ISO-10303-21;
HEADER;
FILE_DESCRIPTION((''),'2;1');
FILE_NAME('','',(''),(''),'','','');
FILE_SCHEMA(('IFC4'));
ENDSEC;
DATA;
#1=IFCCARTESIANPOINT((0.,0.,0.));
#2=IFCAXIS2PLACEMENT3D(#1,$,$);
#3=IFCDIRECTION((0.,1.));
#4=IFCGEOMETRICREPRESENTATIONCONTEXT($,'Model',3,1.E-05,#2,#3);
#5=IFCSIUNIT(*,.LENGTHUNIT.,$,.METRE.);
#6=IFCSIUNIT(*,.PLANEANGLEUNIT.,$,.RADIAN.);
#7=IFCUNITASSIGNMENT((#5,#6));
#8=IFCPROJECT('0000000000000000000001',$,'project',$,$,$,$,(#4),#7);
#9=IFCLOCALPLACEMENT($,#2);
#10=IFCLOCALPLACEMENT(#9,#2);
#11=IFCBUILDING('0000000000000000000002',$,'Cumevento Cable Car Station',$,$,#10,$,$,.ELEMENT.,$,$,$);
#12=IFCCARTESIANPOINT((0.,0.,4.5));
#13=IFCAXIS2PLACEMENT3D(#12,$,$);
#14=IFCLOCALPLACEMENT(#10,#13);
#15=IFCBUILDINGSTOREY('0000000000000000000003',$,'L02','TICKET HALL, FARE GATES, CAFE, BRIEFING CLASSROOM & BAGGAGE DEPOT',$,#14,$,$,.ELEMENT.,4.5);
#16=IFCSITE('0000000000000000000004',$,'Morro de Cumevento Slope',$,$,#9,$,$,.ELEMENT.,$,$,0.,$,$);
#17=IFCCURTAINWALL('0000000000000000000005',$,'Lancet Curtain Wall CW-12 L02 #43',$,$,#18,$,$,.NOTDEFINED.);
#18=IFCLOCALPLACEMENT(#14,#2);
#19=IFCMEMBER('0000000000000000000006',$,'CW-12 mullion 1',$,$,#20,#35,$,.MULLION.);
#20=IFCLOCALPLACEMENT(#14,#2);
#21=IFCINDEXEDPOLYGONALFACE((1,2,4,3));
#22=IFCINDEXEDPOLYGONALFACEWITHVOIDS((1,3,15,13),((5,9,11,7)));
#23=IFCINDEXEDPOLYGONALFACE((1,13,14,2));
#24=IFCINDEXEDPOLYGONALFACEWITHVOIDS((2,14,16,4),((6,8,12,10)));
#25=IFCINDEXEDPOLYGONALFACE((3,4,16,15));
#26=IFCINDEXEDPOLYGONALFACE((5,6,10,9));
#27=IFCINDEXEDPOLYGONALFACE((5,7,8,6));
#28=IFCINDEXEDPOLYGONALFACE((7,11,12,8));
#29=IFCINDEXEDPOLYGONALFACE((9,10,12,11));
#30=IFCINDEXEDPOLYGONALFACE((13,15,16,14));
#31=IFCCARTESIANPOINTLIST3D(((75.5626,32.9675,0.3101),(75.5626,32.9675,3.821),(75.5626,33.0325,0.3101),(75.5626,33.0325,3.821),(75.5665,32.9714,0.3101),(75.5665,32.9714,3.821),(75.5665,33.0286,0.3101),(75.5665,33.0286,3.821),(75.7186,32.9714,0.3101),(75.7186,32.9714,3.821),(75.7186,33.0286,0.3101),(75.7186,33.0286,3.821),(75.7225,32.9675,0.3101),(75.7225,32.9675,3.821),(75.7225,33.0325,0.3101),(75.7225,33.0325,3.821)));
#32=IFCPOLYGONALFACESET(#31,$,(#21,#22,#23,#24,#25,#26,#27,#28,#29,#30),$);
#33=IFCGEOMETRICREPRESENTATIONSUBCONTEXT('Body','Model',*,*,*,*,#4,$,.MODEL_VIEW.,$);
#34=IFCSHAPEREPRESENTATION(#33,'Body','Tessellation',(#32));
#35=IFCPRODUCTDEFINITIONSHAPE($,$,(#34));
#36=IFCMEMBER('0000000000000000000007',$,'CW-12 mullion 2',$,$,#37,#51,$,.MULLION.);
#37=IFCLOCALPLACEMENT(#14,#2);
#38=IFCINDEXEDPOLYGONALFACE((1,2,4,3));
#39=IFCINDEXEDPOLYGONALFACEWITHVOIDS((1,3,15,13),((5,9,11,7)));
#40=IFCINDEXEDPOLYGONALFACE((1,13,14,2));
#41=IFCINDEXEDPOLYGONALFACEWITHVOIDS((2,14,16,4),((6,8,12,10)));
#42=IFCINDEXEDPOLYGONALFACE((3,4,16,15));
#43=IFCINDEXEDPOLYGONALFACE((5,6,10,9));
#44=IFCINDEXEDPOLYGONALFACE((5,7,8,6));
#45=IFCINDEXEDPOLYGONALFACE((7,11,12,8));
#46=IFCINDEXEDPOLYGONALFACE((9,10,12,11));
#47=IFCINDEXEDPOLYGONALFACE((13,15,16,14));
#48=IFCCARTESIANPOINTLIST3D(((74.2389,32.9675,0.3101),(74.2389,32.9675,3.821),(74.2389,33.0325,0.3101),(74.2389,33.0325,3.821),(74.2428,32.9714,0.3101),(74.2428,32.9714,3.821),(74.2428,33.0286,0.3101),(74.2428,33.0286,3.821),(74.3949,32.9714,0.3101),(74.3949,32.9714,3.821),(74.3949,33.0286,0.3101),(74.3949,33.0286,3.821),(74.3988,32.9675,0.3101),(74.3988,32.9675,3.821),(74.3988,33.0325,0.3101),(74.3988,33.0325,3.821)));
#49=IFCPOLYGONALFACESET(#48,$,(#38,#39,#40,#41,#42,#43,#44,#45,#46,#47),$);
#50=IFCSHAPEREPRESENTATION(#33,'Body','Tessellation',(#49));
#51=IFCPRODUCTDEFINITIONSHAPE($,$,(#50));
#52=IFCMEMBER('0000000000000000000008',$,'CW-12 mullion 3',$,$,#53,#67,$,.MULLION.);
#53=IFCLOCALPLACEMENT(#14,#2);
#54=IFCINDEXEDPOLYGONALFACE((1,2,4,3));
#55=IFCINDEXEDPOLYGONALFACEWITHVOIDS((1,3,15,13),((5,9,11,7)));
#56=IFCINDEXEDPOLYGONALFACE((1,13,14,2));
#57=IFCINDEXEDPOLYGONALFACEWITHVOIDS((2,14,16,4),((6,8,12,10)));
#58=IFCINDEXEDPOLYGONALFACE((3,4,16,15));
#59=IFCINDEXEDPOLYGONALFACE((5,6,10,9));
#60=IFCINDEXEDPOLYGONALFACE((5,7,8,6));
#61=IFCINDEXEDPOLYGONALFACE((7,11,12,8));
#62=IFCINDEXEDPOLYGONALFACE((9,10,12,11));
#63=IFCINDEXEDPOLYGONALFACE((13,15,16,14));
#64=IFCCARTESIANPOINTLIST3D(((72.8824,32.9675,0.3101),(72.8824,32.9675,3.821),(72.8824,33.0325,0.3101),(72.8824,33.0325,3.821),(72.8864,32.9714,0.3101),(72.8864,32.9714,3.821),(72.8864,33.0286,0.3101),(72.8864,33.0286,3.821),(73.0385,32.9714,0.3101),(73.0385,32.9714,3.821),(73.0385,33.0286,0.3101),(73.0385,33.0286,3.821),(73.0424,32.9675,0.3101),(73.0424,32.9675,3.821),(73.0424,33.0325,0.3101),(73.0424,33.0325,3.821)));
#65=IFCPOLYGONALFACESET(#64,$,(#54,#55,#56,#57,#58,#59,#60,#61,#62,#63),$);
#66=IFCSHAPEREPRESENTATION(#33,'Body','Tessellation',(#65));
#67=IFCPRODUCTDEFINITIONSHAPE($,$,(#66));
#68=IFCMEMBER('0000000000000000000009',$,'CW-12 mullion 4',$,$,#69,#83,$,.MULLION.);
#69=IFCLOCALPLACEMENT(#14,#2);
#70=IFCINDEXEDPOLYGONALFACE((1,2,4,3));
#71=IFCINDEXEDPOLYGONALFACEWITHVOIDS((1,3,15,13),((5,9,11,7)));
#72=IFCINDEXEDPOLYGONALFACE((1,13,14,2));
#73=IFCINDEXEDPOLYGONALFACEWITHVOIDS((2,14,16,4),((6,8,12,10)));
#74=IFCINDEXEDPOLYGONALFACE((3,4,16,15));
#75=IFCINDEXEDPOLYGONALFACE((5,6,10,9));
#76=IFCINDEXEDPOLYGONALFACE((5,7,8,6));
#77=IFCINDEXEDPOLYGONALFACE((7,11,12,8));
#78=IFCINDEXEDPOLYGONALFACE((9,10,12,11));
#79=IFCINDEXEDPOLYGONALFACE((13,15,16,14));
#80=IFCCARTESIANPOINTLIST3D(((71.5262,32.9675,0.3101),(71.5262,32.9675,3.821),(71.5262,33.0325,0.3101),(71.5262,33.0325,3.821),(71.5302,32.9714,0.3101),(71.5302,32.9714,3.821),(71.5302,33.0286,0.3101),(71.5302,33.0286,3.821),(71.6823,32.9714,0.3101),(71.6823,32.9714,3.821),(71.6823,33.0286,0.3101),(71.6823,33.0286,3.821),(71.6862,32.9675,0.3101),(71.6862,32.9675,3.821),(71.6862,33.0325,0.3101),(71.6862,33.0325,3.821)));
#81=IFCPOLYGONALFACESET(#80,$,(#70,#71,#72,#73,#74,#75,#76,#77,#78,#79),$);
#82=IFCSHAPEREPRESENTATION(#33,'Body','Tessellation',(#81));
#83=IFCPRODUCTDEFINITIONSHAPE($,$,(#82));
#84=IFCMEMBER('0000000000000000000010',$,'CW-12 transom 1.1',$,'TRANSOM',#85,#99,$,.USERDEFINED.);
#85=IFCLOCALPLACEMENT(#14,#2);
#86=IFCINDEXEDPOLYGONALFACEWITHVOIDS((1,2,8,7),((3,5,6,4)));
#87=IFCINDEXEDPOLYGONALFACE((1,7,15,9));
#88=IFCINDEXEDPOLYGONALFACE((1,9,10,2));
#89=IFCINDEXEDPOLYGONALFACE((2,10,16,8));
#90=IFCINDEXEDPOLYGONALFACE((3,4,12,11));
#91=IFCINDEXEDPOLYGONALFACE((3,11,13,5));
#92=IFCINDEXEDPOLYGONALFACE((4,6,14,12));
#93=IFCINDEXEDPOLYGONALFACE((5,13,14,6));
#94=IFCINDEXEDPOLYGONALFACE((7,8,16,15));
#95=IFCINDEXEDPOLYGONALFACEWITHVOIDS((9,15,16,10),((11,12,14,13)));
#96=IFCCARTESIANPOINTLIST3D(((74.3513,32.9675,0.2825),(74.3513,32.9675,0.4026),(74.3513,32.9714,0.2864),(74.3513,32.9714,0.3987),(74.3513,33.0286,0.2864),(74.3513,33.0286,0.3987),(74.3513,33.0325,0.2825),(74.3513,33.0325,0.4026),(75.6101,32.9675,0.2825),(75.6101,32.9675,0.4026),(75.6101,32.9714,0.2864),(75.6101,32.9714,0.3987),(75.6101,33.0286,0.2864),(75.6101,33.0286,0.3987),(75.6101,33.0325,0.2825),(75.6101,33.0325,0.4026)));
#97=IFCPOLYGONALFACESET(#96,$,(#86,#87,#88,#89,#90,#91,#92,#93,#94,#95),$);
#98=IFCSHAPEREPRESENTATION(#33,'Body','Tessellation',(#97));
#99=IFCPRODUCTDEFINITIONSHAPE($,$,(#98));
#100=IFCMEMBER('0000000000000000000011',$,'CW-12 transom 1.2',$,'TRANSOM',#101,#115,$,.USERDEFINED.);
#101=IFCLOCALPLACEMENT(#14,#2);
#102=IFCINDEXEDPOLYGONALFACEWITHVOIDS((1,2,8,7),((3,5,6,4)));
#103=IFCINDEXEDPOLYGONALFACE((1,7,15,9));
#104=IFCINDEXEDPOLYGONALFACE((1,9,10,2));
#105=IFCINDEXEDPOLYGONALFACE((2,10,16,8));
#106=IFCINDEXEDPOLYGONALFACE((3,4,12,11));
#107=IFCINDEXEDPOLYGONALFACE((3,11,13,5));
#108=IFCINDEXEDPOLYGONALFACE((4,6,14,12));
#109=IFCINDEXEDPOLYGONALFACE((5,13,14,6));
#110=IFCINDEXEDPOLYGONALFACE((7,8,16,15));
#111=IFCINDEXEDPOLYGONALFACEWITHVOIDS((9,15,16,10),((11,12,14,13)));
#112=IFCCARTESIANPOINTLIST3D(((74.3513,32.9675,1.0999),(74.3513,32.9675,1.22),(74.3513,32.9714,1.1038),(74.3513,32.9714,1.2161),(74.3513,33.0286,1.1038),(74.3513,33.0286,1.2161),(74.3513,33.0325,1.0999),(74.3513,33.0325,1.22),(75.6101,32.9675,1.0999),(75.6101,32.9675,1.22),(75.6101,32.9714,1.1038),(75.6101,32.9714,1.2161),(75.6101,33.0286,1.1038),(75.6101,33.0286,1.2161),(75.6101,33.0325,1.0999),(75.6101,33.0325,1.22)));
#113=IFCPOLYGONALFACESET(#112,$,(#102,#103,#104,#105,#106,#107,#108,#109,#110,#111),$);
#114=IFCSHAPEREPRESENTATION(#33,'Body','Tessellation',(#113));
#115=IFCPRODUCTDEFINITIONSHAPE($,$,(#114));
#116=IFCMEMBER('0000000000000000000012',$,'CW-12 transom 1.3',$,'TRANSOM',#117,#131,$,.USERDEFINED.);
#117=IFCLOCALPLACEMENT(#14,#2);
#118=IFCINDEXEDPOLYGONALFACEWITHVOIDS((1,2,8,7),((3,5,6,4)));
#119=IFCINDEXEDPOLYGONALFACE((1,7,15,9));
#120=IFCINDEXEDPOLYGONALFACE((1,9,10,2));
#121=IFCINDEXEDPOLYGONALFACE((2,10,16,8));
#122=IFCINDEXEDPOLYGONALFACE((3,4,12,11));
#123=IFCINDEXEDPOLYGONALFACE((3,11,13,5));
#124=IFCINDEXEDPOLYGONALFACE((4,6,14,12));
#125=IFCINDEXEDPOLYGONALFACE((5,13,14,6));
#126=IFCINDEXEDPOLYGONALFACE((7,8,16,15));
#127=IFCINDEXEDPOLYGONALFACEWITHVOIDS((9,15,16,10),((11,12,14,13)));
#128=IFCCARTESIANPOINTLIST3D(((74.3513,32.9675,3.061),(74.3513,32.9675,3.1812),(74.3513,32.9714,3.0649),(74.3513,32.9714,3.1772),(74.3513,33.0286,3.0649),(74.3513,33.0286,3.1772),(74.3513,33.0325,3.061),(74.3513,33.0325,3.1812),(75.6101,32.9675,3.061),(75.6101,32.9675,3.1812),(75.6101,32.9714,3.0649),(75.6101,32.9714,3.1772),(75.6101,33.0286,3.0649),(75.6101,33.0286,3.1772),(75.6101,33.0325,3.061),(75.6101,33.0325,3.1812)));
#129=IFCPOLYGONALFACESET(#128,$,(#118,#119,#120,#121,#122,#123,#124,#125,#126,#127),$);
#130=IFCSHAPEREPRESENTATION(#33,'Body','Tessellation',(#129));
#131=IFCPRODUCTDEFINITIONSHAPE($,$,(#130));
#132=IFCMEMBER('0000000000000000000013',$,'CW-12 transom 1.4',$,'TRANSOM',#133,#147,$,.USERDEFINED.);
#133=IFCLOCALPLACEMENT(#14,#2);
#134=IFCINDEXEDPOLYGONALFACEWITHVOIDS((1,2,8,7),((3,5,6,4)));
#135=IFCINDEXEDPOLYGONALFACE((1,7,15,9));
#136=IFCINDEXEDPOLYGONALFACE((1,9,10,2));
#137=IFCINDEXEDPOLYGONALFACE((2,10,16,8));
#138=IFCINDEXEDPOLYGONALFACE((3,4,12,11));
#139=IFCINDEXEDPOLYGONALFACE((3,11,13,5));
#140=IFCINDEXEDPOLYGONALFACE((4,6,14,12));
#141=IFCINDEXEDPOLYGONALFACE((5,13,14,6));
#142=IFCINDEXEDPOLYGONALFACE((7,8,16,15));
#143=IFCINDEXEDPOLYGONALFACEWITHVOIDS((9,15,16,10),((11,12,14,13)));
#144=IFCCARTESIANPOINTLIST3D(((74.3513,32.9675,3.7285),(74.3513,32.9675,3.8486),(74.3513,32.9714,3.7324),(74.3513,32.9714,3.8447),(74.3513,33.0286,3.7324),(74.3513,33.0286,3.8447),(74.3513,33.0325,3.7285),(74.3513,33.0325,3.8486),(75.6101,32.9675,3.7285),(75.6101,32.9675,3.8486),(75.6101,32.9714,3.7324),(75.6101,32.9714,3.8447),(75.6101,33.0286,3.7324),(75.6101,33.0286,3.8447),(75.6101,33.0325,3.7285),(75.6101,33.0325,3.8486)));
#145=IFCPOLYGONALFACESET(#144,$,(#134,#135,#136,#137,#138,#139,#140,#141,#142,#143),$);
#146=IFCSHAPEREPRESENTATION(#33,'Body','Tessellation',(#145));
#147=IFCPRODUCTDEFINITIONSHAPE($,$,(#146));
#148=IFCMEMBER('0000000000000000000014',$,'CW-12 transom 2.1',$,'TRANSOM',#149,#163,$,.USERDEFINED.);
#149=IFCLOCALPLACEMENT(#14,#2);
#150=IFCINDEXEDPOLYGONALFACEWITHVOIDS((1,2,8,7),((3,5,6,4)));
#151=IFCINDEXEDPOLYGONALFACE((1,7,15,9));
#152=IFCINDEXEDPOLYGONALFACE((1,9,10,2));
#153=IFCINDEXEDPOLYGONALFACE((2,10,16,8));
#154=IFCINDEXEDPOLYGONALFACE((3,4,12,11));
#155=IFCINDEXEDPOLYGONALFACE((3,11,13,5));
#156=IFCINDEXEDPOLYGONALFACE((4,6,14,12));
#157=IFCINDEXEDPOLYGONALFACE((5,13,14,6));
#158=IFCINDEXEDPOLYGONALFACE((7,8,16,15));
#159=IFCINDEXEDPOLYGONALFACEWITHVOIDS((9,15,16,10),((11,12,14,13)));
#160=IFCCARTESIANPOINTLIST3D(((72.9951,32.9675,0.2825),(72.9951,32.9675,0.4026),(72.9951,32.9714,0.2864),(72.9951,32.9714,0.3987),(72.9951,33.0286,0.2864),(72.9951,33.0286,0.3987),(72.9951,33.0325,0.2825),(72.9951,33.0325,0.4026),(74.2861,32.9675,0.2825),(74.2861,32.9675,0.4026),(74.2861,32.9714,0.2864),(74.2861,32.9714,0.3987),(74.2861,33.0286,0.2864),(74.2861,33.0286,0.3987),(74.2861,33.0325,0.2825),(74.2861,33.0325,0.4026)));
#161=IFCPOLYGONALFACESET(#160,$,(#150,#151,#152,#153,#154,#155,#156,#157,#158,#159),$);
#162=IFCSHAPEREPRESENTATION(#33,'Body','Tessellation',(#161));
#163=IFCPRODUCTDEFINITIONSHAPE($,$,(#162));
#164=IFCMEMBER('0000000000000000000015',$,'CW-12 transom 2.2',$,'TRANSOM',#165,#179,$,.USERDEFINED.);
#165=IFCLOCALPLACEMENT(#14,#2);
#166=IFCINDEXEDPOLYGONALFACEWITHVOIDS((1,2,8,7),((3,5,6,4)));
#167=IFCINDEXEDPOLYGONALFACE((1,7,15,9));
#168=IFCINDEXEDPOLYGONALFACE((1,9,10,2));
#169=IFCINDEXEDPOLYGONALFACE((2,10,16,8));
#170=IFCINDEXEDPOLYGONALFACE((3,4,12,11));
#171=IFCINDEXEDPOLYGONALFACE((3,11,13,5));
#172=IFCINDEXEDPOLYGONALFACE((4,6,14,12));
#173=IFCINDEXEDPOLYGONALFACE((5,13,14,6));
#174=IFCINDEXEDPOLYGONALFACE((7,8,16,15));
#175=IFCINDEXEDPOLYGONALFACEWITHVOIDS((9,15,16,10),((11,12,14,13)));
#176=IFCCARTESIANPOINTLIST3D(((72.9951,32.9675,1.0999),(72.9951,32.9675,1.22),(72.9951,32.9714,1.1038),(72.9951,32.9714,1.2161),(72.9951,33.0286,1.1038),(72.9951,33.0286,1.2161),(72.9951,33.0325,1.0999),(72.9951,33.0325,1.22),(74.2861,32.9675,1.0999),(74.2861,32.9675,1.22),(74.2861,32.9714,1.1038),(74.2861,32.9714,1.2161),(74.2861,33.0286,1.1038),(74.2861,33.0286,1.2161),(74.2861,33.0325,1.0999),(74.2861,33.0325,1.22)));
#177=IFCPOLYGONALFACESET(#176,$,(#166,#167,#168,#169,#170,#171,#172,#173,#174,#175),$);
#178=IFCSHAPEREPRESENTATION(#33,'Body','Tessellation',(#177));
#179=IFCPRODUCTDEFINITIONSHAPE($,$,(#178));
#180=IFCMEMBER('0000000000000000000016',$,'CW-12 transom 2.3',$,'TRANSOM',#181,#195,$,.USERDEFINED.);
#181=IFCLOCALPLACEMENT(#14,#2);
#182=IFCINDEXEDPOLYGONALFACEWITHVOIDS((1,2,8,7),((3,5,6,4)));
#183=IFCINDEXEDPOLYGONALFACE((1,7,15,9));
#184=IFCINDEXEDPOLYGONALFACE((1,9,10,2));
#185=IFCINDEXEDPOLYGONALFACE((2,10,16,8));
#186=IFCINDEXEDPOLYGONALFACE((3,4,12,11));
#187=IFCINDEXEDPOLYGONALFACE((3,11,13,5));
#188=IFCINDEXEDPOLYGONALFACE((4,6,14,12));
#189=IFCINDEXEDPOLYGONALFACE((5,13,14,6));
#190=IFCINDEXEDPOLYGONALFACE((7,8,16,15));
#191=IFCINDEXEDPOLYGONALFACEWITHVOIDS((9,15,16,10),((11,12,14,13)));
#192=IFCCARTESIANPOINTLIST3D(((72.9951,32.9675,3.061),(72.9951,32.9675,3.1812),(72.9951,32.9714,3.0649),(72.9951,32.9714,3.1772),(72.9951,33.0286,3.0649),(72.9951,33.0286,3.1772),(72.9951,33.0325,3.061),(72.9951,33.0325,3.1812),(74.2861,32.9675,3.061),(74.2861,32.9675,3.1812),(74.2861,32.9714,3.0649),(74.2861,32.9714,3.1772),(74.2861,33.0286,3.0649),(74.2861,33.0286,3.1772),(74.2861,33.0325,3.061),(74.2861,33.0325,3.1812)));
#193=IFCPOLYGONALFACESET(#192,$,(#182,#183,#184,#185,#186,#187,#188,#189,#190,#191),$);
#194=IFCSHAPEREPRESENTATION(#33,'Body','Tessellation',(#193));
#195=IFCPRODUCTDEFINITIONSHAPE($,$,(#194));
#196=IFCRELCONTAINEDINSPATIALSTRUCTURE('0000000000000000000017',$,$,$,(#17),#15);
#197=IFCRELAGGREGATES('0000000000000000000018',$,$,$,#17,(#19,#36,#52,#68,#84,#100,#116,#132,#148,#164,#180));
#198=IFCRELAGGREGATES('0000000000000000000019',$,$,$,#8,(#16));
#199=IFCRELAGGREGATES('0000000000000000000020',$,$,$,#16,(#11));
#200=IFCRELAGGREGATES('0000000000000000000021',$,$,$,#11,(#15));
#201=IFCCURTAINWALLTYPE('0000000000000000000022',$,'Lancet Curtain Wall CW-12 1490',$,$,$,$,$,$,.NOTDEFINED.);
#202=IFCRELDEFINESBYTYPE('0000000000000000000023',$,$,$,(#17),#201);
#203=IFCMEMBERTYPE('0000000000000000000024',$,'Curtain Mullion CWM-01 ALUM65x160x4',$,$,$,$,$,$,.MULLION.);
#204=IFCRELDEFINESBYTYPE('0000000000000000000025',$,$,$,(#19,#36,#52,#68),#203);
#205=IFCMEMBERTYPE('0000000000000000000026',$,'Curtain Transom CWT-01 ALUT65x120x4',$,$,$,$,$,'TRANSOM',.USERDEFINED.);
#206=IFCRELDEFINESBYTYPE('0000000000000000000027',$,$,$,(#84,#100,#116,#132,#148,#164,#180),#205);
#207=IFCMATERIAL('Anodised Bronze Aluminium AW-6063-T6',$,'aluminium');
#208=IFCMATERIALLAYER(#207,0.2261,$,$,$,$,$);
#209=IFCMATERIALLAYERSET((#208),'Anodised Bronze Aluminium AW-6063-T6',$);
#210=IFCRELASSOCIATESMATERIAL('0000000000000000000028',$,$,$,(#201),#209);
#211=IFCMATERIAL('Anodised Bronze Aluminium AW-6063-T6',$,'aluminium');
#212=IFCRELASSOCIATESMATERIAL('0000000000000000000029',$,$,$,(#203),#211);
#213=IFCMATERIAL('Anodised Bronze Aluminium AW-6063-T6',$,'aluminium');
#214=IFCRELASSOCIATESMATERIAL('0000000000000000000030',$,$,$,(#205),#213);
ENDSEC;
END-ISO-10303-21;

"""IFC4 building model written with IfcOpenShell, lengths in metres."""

from ifc_helpers import new_model, si_unit, direction, frame, origin, origin_2d, place, context, subcontext, project, spatial, hollow_rectangle, extrude, material, layer, layer_set, material_profile, profile_set, type_object, element, aggregate, save


model = new_model("IFC4")

# Units and contexts
model_context = context("Model", 3, precision=1e-05, world=origin(), true_north=direction((0.0, 1.0)))
body_context = subcontext(model_context, "Body", "Model", "MODEL_VIEW")
ifc_project = project(units=[si_unit("LENGTHUNIT", "METRE"), si_unit("PLANEANGLEUNIT", "RADIAN")], contexts=[model_context])

# Site, building, storey
site_placement = place(None, origin())
site = spatial("IfcSite", under=ifc_project, at=site_placement, Name="Morro de Cumevento Slope", CompositionType="ELEMENT", RefElevation=0.0)
building_placement = place(site_placement, origin())
building = spatial("IfcBuilding", under=site, at=building_placement, Name="Cumevento Cable Car Station", CompositionType="ELEMENT")
storey_placement = place(building_placement, frame((0.0, 0.0, 4.5)))
storey = spatial("IfcBuildingStorey", under=building, at=storey_placement, Name="L02", Description="TICKET HALL, FARE GATES, CAFE, BRIEFING CLASSROOM & BAGGAGE DEPOT", CompositionType="ELEMENT", Elevation=4.5)

# Curtain wall, members
ifc_material_1 = material(Name="Anodised Bronze Aluminium AW-6063-T6", Category="aluminium")
ifc_layer_1 = layer(ifc_material_1, 0.2261)
ifc_layer_set_1 = layer_set([ifc_layer_1], Name="Anodised Bronze Aluminium AW-6063-T6")
curtain_wall_type = type_object("IfcCurtainWallType", Name="Lancet Curtain Wall CW-12 1490", PredefinedType="NOTDEFINED", material=ifc_layer_set_1)
curtain_wall_placement = place(storey_placement, origin())
curtain_wall = element("IfcCurtainWall", 1, at=curtain_wall_placement, inside=storey, type_object=curtain_wall_type, Name="Lancet Curtain Wall CW-12 L02 #43", PredefinedType="NOTDEFINED")
ifc_material_2 = material(Name="Anodised Bronze Aluminium AW-6063-T6", Category="aluminium")
ifc_material_profile_1 = material_profile(ifc_material_2, hollow_rectangle(XDim=0.0649, YDim=0.1599, WallThickness=0.0039, at=origin_2d()), Name="ALUM65x160x4")
ifc_profile_set_1 = profile_set([ifc_material_profile_1], Name="Anodised Bronze Aluminium AW-6063-T6")
member_type_1 = type_object("IfcMemberType", Name="Curtain Mullion CWM-01 ALUM65x160x4", PredefinedType="MULLION", material=ifc_profile_set_1)
member_1_placement = place(storey_placement, frame((75.6426, 33.0, 0.3101), z_axis=(0.0, 0.0, 1.0), x_axis=(0.0, -1.0, 0.0)))
member_1 = element("IfcMember", 2, at=member_1_placement, type_object=member_type_1, Name="CW-12 mullion 1", PredefinedType="MULLION", context=body_context, shape_type="SweptSolid", body=[
    extrude(hollow_rectangle(XDim=0.0649, YDim=0.1599, WallThickness=0.0039, at=origin_2d()), origin(), (0.0, 0.0, 1.0), 3.511),
])
member_2_placement = place(storey_placement, frame((74.3188, 33.0, 0.3101), z_axis=(0.0, 0.0, 1.0), x_axis=(0.0, -1.0, 0.0)))
member_2 = element("IfcMember", 3, at=member_2_placement, type_object=member_type_1, Name="CW-12 mullion 2", PredefinedType="MULLION", context=body_context, shape_type="SweptSolid", body=[
    extrude(hollow_rectangle(XDim=0.0649, YDim=0.1599, WallThickness=0.0039, at=origin_2d()), origin(), (0.0, 0.0, 1.0), 3.511),
])
member_3_placement = place(storey_placement, frame((72.9624, 33.0, 0.3101), z_axis=(0.0, 0.0, 1.0), x_axis=(0.0, -1.0, 0.0)))
member_3 = element("IfcMember", 4, at=member_3_placement, type_object=member_type_1, Name="CW-12 mullion 3", PredefinedType="MULLION", context=body_context, shape_type="SweptSolid", body=[
    extrude(hollow_rectangle(XDim=0.0649, YDim=0.1599, WallThickness=0.0039, at=origin_2d()), origin(), (0.0, 0.0, 1.0), 3.511),
])
member_4_placement = place(storey_placement, frame((71.6062, 33.0, 0.3101), z_axis=(0.0, 0.0, 1.0), x_axis=(0.0, -1.0, 0.0)))
member_4 = element("IfcMember", 5, at=member_4_placement, type_object=member_type_1, Name="CW-12 mullion 4", PredefinedType="MULLION", context=body_context, shape_type="SweptSolid", body=[
    extrude(hollow_rectangle(XDim=0.0649, YDim=0.1599, WallThickness=0.0039, at=origin_2d()), origin(), (0.0, 0.0, 1.0), 3.511),
])
ifc_material_3 = material(Name="Anodised Bronze Aluminium AW-6063-T6", Category="aluminium")
ifc_material_profile_2 = material_profile(ifc_material_3, hollow_rectangle(XDim=0.0649, YDim=0.1201, WallThickness=0.0039, at=origin_2d()), Name="ALUT65x120x4")
ifc_profile_set_2 = profile_set([ifc_material_profile_2], Name="Anodised Bronze Aluminium AW-6063-T6")
member_type_2 = type_object("IfcMemberType", Name="Curtain Transom CWT-01 ALUT65x120x4", ElementType="TRANSOM", PredefinedType="USERDEFINED", material=ifc_profile_set_2)
member_5_placement = place(storey_placement, frame((75.6101, 33.0, 0.3425), z_axis=(-1.0, 0.0, 0.0), x_axis=(0.0, -1.0, 0.0)))
member_5 = element("IfcMember", 6, at=member_5_placement, type_object=member_type_2, Name="CW-12 transom 1.1", ObjectType="TRANSOM", PredefinedType="USERDEFINED", context=body_context, shape_type="SweptSolid", body=[
    extrude(hollow_rectangle(XDim=0.0649, YDim=0.1201, WallThickness=0.0039, at=origin_2d()), origin(), (0.0, 0.0, 1.0), 1.2588),
])
member_6_placement = place(storey_placement, frame((75.6101, 33.0, 1.1599), z_axis=(-1.0, 0.0, 0.0), x_axis=(0.0, -1.0, 0.0)))
member_6 = element("IfcMember", 7, at=member_6_placement, type_object=member_type_2, Name="CW-12 transom 1.2", ObjectType="TRANSOM", PredefinedType="USERDEFINED", context=body_context, shape_type="SweptSolid", body=[
    extrude(hollow_rectangle(XDim=0.0649, YDim=0.1201, WallThickness=0.0039, at=origin_2d()), origin(), (0.0, 0.0, 1.0), 1.2588),
])
member_7_placement = place(storey_placement, frame((75.6101, 33.0, 3.1211), z_axis=(-1.0, 0.0, 0.0), x_axis=(0.0, -1.0, 0.0)))
member_7 = element("IfcMember", 8, at=member_7_placement, type_object=member_type_2, Name="CW-12 transom 1.3", ObjectType="TRANSOM", PredefinedType="USERDEFINED", context=body_context, shape_type="SweptSolid", body=[
    extrude(hollow_rectangle(XDim=0.0649, YDim=0.1201, WallThickness=0.0039, at=origin_2d()), origin(), (0.0, 0.0, 1.0), 1.2588),
])
member_8_placement = place(storey_placement, frame((75.6101, 33.0, 3.7886), z_axis=(-1.0, 0.0, 0.0), x_axis=(0.0, -1.0, 0.0)))
member_8 = element("IfcMember", 9, at=member_8_placement, type_object=member_type_2, Name="CW-12 transom 1.4", ObjectType="TRANSOM", PredefinedType="USERDEFINED", context=body_context, shape_type="SweptSolid", body=[
    extrude(hollow_rectangle(XDim=0.0649, YDim=0.1201, WallThickness=0.0039, at=origin_2d()), origin(), (0.0, 0.0, 1.0), 1.2588),
])
member_9_placement = place(storey_placement, frame((74.2861, 33.0, 0.3425), z_axis=(-1.0, 0.0, 0.0), x_axis=(0.0, -1.0, 0.0)))
member_9 = element("IfcMember", 10, at=member_9_placement, type_object=member_type_2, Name="CW-12 transom 2.1", ObjectType="TRANSOM", PredefinedType="USERDEFINED", context=body_context, shape_type="SweptSolid", body=[
    extrude(hollow_rectangle(XDim=0.0649, YDim=0.1201, WallThickness=0.0039, at=origin_2d()), origin(), (0.0, 0.0, 1.0), 1.291),
])
member_10_placement = place(storey_placement, frame((74.2861, 33.0, 1.1599), z_axis=(-1.0, 0.0, 0.0), x_axis=(0.0, -1.0, 0.0)))
member_10 = element("IfcMember", 11, at=member_10_placement, type_object=member_type_2, Name="CW-12 transom 2.2", ObjectType="TRANSOM", PredefinedType="USERDEFINED", context=body_context, shape_type="SweptSolid", body=[
    extrude(hollow_rectangle(XDim=0.0649, YDim=0.1201, WallThickness=0.0039, at=origin_2d()), origin(), (0.0, 0.0, 1.0), 1.291),
])
member_11_placement = place(storey_placement, frame((74.2861, 33.0, 3.1211), z_axis=(-1.0, 0.0, 0.0), x_axis=(0.0, -1.0, 0.0)))
member_11 = element("IfcMember", 12, at=member_11_placement, type_object=member_type_2, Name="CW-12 transom 2.3", ObjectType="TRANSOM", PredefinedType="USERDEFINED", context=body_context, shape_type="SweptSolid", body=[
    extrude(hollow_rectangle(XDim=0.0649, YDim=0.1201, WallThickness=0.0039, at=origin_2d()), origin(), (0.0, 0.0, 1.0), 1.291),
])

aggregate(curtain_wall, [member_1, member_2, member_3, member_4, member_5, member_6, member_7, member_8, member_9, member_10, member_11])

save(model, "model.ifc")
